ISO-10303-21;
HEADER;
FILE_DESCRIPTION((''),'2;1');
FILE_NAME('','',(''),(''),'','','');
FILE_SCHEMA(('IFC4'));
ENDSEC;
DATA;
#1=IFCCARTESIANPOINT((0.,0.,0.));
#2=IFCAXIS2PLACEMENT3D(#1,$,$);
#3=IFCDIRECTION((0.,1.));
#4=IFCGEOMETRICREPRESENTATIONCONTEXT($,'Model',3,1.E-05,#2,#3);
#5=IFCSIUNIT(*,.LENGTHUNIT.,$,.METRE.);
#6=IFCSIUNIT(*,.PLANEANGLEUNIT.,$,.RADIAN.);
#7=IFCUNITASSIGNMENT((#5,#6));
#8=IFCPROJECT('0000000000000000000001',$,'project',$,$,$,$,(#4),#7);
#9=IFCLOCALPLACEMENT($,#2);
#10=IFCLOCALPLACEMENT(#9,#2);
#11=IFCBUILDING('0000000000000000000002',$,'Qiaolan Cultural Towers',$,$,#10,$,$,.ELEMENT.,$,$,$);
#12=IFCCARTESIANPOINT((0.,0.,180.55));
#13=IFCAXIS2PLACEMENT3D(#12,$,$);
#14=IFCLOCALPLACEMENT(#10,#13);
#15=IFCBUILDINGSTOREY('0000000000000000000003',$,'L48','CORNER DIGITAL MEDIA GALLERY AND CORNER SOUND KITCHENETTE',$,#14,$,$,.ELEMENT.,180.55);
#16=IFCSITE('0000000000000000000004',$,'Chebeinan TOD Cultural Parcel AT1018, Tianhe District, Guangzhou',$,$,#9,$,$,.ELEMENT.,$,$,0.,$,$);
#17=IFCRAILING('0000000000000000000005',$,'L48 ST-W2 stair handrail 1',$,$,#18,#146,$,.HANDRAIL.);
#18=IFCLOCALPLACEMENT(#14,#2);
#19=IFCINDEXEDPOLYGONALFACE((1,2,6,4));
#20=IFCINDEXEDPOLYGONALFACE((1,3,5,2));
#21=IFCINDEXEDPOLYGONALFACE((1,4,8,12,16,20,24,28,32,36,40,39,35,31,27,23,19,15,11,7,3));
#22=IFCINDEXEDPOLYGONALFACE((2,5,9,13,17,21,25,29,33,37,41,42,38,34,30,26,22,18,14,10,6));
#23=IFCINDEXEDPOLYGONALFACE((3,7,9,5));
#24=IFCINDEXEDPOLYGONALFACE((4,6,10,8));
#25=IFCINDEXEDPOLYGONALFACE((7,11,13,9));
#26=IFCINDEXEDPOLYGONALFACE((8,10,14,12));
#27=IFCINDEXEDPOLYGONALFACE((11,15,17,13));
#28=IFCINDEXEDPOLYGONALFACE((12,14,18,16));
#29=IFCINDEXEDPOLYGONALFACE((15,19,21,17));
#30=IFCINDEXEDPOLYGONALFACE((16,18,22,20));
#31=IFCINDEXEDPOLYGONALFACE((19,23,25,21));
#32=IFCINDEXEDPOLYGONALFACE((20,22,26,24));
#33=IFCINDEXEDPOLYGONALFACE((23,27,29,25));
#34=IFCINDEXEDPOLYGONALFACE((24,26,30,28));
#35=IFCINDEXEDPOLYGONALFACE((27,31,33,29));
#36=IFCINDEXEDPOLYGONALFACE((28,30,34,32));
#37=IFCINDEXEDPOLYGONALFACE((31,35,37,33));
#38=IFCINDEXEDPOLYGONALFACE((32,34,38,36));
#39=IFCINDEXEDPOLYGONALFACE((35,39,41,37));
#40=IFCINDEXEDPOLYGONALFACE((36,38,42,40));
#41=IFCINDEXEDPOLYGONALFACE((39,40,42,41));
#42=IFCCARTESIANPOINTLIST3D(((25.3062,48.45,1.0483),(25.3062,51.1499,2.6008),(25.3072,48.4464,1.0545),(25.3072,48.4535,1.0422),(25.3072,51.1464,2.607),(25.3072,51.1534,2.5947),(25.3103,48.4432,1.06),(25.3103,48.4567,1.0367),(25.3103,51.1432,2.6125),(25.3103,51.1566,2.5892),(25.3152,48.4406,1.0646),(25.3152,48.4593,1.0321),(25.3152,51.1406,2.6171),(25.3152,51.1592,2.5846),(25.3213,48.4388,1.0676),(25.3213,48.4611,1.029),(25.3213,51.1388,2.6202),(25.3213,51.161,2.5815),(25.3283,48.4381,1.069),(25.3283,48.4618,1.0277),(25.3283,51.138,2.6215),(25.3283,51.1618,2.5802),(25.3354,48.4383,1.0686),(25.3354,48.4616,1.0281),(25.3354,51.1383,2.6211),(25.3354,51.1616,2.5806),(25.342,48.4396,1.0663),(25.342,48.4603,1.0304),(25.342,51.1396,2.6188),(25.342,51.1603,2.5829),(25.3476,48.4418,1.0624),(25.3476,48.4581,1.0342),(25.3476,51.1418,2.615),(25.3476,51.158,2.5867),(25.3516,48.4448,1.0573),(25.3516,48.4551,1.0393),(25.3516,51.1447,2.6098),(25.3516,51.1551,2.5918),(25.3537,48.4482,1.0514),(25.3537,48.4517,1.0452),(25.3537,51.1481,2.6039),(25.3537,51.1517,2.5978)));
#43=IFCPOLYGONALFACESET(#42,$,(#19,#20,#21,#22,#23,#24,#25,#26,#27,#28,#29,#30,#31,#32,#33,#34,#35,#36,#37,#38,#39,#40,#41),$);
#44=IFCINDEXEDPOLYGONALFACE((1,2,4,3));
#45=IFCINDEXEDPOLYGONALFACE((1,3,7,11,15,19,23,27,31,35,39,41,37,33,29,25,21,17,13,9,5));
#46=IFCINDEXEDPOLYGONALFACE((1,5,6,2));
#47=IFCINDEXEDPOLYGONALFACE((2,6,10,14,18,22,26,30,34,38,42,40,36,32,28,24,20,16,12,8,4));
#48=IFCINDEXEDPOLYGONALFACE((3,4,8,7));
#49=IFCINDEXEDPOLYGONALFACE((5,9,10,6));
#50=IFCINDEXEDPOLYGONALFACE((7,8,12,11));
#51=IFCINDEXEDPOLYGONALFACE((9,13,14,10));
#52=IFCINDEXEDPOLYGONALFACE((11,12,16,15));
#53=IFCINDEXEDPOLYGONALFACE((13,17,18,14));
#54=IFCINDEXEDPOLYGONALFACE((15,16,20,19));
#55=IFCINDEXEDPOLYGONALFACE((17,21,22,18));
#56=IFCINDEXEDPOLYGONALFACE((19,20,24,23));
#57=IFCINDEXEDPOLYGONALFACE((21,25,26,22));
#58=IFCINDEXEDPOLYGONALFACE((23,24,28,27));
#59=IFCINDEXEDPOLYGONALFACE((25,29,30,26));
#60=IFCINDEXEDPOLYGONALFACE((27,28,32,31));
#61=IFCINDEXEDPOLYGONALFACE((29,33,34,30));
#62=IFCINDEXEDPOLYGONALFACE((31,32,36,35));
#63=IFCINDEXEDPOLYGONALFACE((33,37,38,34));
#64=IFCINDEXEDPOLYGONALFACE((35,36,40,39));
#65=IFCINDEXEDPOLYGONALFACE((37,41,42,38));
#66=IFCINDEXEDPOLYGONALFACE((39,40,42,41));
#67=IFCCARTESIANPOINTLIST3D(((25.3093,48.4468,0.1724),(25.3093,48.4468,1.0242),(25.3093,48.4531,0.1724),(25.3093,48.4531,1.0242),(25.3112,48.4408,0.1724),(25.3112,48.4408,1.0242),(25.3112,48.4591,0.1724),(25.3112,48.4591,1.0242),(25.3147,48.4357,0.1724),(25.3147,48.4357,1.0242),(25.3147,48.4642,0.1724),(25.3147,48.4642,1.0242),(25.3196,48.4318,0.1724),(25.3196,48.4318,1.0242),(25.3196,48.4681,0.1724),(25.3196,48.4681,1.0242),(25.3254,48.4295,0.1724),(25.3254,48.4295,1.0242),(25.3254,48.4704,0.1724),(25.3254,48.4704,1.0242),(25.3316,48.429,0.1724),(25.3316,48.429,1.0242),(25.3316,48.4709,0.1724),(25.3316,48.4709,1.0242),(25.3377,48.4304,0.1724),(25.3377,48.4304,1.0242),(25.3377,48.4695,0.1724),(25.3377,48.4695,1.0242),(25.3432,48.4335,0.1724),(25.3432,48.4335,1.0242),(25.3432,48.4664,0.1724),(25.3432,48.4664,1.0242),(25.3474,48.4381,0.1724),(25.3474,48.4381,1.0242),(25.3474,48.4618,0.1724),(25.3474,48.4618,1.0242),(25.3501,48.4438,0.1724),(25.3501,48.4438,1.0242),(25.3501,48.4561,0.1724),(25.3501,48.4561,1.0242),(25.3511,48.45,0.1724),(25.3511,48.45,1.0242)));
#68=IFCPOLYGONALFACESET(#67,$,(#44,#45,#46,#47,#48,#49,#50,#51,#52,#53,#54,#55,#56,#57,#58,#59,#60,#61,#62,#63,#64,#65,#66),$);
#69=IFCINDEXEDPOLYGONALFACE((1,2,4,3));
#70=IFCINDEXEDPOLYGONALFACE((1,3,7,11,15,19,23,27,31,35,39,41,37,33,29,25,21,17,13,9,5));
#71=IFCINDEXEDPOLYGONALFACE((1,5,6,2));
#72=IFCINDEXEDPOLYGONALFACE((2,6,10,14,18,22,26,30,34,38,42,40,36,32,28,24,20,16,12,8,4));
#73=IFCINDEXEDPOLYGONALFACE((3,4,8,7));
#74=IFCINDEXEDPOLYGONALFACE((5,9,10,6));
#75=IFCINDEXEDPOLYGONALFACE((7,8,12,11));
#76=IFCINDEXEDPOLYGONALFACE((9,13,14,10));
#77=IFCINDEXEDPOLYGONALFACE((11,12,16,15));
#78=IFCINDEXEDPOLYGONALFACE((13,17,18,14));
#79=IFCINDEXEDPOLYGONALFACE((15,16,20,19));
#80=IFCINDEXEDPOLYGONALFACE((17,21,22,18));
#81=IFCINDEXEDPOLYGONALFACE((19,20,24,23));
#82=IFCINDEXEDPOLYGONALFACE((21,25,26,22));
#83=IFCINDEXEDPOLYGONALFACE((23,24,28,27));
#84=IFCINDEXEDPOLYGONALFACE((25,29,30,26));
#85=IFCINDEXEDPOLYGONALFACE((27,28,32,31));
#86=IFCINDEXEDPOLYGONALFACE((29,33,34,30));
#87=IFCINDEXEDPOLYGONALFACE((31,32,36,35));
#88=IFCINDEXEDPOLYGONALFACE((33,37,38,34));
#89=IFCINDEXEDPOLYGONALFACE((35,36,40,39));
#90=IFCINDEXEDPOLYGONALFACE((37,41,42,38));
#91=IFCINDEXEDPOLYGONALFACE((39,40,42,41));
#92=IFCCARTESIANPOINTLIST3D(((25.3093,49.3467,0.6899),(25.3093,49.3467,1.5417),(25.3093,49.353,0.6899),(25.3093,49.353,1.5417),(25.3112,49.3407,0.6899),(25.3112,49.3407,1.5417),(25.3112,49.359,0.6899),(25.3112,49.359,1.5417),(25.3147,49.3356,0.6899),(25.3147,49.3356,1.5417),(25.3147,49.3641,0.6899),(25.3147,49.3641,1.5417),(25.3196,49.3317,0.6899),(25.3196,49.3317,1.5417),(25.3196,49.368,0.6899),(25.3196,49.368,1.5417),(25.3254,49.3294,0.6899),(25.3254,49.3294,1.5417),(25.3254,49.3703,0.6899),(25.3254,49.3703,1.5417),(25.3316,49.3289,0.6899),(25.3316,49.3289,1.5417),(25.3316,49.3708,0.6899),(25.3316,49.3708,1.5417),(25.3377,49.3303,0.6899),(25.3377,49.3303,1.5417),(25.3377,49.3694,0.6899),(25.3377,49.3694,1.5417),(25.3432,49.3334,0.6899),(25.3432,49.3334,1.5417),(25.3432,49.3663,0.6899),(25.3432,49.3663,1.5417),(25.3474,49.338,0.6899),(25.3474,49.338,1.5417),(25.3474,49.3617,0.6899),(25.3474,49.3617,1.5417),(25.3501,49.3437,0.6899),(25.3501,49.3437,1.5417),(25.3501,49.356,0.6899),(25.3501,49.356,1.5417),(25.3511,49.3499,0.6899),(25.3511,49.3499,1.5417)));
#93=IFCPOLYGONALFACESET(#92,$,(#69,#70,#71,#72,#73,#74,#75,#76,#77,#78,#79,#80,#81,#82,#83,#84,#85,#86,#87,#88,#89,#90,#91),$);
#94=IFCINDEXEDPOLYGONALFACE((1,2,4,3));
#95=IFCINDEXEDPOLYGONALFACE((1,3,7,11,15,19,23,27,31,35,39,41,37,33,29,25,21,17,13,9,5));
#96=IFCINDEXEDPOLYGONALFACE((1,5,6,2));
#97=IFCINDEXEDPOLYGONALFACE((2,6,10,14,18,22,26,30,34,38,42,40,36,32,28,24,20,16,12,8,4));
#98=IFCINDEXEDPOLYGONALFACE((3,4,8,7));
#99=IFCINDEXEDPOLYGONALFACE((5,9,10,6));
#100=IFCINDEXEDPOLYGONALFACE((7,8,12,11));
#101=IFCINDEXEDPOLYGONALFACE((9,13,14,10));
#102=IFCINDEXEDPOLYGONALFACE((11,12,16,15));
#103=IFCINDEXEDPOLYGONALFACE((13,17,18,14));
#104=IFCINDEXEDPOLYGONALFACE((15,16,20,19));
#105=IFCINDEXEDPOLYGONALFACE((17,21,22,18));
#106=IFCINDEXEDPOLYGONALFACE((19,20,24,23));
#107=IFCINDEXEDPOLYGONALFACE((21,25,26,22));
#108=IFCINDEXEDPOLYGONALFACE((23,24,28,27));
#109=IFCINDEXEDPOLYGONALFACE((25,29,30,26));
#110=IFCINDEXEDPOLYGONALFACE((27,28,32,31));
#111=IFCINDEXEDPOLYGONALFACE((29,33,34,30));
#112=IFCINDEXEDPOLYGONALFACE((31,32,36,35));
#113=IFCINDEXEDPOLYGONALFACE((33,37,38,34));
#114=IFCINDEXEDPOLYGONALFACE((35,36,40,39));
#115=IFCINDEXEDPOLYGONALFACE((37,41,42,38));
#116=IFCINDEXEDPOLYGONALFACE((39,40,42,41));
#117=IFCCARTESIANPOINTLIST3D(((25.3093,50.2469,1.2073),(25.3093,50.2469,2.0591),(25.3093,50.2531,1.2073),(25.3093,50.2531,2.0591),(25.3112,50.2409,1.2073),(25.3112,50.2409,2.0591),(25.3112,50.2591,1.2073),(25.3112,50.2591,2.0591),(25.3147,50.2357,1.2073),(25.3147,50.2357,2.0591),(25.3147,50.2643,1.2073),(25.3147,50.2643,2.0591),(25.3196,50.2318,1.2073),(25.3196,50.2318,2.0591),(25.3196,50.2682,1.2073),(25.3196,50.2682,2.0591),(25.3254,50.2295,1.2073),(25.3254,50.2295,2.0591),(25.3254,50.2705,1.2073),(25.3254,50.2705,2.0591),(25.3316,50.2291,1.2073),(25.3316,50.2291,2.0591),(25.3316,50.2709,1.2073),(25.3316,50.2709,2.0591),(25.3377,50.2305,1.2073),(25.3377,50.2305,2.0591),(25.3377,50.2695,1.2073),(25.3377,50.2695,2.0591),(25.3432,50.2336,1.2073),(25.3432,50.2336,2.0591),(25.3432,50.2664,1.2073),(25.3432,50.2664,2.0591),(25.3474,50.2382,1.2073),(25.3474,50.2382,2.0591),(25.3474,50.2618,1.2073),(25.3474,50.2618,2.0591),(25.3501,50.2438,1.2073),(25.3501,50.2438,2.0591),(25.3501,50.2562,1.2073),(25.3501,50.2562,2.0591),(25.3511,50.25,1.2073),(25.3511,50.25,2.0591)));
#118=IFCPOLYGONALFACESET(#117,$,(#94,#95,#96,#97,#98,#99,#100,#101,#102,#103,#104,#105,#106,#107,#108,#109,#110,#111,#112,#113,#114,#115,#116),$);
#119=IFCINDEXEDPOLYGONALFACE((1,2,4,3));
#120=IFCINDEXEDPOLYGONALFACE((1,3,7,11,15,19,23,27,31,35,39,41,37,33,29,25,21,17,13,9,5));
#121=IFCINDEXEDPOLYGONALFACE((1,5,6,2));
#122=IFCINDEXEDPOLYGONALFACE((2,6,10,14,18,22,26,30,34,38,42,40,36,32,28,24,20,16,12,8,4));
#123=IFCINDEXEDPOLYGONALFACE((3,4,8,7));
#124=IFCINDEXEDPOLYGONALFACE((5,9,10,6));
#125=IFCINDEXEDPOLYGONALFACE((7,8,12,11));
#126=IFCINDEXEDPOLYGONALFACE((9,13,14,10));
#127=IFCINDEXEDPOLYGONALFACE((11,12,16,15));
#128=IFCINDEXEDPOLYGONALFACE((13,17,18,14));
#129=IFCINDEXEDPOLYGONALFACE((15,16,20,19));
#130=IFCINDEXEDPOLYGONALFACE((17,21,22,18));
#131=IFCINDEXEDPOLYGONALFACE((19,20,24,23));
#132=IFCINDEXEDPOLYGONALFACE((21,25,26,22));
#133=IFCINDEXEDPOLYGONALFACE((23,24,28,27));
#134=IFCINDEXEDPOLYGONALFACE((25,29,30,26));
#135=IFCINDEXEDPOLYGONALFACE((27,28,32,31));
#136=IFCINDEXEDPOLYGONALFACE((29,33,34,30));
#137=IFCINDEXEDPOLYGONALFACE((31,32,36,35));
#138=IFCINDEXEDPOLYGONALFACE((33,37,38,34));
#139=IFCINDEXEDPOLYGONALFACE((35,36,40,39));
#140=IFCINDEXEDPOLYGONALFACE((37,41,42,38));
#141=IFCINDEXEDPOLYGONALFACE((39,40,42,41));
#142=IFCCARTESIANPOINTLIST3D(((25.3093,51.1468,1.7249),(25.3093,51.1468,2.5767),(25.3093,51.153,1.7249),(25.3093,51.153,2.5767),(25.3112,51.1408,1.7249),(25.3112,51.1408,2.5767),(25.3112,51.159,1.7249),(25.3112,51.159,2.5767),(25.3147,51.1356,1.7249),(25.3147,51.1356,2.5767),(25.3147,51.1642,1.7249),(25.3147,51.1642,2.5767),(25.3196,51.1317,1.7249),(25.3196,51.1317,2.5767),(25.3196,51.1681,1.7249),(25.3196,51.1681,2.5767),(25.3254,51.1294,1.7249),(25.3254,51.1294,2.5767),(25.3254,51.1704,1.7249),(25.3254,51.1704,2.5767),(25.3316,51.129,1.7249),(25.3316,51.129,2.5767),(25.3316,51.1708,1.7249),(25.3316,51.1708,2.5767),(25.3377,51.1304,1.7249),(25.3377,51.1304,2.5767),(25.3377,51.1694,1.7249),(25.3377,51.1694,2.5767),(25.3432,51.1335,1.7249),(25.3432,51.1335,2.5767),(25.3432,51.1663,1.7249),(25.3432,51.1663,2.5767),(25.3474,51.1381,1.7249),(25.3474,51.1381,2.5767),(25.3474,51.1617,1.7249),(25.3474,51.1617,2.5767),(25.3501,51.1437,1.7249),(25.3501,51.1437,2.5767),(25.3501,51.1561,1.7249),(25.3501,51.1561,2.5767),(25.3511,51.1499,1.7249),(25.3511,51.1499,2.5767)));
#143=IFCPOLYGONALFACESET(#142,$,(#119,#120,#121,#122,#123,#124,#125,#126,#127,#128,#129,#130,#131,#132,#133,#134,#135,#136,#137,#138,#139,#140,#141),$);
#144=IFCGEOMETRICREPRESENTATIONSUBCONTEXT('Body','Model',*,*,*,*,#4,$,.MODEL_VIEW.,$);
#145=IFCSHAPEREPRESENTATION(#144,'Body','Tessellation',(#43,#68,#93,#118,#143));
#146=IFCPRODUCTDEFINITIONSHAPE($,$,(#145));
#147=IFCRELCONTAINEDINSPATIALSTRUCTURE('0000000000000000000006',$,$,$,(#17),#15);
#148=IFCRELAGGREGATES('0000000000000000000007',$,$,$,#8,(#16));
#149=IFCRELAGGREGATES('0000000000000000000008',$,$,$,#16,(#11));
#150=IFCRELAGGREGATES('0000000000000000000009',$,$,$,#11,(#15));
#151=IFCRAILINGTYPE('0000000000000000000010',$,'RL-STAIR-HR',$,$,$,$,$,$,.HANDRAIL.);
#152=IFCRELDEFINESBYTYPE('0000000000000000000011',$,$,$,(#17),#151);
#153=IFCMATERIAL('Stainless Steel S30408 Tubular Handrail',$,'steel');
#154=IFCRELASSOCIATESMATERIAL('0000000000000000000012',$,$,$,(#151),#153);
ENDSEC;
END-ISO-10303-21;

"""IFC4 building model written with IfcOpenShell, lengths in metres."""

from ifc_helpers import new_model, si_unit, direction, frame, origin, origin_2d, place, context, subcontext, project, spatial, circle, extrude, material, type_object, element, save


model = new_model("IFC4")

# Units and contexts
model_context = context("Model", 3, precision=1e-05, world=origin(), true_north=direction((0.0, 1.0)))
body_context = subcontext(model_context, "Body", "Model", "MODEL_VIEW")
ifc_project = project(units=[si_unit("LENGTHUNIT", "METRE"), si_unit("PLANEANGLEUNIT", "RADIAN")], contexts=[model_context])

# Site, building, storey
site_placement = place(None, origin())
site = spatial("IfcSite", under=ifc_project, at=site_placement, Name="Chebeinan TOD Cultural Parcel AT1018, Tianhe District, Guangzhou", CompositionType="ELEMENT", RefElevation=0.0)
building_placement = place(site_placement, origin())
building = spatial("IfcBuilding", under=site, at=building_placement, Name="Qiaolan Cultural Towers", CompositionType="ELEMENT")
storey_placement = place(building_placement, frame((0.0, 0.0, 180.55)))
storey = spatial("IfcBuildingStorey", under=building, at=storey_placement, Name="L48", Description="CORNER DIGITAL MEDIA GALLERY AND CORNER SOUND KITCHENETTE", CompositionType="ELEMENT", Elevation=180.55)

# Railing
ifc_material_1 = material(Name="Stainless Steel S30408 Tubular Handrail", Category="steel")
railing_type = type_object("IfcRailingType", Name="RL-STAIR-HR", PredefinedType="HANDRAIL", material=ifc_material_1)
railing_placement = place(storey_placement, frame((25.3301, 48.45, 0.1724)))
element("IfcRailing", 1, at=railing_placement, inside=storey, type_object=railing_type, Name="L48 ST-W2 stair handrail 1", PredefinedType="HANDRAIL", context=body_context, shape_type="SweptSolid", body=[
    extrude(circle(Radius=0.0239, at=origin_2d()), frame((0.0, 0.0, 0.876), z_axis=(0.0, 0.866904, 0.498476), x_axis=(-1.0, 0.0, 0.0)), (0.0, 0.0, 1.0), 3.1145),
    extrude(circle(Radius=0.021, at=origin_2d()), origin(), (0.0, 0.0, 1.0), 0.8518),
    extrude(circle(Radius=0.021, at=origin_2d()), frame((0.0, 0.8999, 0.5176)), (0.0, 0.0, 1.0), 0.8518),
    extrude(circle(Radius=0.021, at=origin_2d()), frame((0.0, 1.8, 1.0349)), (0.0, 0.0, 1.0), 0.8518),
    extrude(circle(Radius=0.021, at=origin_2d()), frame((0.0, 2.7, 1.5525)), (0.0, 0.0, 1.0), 0.8518),
])

save(model, "model.ifc")
